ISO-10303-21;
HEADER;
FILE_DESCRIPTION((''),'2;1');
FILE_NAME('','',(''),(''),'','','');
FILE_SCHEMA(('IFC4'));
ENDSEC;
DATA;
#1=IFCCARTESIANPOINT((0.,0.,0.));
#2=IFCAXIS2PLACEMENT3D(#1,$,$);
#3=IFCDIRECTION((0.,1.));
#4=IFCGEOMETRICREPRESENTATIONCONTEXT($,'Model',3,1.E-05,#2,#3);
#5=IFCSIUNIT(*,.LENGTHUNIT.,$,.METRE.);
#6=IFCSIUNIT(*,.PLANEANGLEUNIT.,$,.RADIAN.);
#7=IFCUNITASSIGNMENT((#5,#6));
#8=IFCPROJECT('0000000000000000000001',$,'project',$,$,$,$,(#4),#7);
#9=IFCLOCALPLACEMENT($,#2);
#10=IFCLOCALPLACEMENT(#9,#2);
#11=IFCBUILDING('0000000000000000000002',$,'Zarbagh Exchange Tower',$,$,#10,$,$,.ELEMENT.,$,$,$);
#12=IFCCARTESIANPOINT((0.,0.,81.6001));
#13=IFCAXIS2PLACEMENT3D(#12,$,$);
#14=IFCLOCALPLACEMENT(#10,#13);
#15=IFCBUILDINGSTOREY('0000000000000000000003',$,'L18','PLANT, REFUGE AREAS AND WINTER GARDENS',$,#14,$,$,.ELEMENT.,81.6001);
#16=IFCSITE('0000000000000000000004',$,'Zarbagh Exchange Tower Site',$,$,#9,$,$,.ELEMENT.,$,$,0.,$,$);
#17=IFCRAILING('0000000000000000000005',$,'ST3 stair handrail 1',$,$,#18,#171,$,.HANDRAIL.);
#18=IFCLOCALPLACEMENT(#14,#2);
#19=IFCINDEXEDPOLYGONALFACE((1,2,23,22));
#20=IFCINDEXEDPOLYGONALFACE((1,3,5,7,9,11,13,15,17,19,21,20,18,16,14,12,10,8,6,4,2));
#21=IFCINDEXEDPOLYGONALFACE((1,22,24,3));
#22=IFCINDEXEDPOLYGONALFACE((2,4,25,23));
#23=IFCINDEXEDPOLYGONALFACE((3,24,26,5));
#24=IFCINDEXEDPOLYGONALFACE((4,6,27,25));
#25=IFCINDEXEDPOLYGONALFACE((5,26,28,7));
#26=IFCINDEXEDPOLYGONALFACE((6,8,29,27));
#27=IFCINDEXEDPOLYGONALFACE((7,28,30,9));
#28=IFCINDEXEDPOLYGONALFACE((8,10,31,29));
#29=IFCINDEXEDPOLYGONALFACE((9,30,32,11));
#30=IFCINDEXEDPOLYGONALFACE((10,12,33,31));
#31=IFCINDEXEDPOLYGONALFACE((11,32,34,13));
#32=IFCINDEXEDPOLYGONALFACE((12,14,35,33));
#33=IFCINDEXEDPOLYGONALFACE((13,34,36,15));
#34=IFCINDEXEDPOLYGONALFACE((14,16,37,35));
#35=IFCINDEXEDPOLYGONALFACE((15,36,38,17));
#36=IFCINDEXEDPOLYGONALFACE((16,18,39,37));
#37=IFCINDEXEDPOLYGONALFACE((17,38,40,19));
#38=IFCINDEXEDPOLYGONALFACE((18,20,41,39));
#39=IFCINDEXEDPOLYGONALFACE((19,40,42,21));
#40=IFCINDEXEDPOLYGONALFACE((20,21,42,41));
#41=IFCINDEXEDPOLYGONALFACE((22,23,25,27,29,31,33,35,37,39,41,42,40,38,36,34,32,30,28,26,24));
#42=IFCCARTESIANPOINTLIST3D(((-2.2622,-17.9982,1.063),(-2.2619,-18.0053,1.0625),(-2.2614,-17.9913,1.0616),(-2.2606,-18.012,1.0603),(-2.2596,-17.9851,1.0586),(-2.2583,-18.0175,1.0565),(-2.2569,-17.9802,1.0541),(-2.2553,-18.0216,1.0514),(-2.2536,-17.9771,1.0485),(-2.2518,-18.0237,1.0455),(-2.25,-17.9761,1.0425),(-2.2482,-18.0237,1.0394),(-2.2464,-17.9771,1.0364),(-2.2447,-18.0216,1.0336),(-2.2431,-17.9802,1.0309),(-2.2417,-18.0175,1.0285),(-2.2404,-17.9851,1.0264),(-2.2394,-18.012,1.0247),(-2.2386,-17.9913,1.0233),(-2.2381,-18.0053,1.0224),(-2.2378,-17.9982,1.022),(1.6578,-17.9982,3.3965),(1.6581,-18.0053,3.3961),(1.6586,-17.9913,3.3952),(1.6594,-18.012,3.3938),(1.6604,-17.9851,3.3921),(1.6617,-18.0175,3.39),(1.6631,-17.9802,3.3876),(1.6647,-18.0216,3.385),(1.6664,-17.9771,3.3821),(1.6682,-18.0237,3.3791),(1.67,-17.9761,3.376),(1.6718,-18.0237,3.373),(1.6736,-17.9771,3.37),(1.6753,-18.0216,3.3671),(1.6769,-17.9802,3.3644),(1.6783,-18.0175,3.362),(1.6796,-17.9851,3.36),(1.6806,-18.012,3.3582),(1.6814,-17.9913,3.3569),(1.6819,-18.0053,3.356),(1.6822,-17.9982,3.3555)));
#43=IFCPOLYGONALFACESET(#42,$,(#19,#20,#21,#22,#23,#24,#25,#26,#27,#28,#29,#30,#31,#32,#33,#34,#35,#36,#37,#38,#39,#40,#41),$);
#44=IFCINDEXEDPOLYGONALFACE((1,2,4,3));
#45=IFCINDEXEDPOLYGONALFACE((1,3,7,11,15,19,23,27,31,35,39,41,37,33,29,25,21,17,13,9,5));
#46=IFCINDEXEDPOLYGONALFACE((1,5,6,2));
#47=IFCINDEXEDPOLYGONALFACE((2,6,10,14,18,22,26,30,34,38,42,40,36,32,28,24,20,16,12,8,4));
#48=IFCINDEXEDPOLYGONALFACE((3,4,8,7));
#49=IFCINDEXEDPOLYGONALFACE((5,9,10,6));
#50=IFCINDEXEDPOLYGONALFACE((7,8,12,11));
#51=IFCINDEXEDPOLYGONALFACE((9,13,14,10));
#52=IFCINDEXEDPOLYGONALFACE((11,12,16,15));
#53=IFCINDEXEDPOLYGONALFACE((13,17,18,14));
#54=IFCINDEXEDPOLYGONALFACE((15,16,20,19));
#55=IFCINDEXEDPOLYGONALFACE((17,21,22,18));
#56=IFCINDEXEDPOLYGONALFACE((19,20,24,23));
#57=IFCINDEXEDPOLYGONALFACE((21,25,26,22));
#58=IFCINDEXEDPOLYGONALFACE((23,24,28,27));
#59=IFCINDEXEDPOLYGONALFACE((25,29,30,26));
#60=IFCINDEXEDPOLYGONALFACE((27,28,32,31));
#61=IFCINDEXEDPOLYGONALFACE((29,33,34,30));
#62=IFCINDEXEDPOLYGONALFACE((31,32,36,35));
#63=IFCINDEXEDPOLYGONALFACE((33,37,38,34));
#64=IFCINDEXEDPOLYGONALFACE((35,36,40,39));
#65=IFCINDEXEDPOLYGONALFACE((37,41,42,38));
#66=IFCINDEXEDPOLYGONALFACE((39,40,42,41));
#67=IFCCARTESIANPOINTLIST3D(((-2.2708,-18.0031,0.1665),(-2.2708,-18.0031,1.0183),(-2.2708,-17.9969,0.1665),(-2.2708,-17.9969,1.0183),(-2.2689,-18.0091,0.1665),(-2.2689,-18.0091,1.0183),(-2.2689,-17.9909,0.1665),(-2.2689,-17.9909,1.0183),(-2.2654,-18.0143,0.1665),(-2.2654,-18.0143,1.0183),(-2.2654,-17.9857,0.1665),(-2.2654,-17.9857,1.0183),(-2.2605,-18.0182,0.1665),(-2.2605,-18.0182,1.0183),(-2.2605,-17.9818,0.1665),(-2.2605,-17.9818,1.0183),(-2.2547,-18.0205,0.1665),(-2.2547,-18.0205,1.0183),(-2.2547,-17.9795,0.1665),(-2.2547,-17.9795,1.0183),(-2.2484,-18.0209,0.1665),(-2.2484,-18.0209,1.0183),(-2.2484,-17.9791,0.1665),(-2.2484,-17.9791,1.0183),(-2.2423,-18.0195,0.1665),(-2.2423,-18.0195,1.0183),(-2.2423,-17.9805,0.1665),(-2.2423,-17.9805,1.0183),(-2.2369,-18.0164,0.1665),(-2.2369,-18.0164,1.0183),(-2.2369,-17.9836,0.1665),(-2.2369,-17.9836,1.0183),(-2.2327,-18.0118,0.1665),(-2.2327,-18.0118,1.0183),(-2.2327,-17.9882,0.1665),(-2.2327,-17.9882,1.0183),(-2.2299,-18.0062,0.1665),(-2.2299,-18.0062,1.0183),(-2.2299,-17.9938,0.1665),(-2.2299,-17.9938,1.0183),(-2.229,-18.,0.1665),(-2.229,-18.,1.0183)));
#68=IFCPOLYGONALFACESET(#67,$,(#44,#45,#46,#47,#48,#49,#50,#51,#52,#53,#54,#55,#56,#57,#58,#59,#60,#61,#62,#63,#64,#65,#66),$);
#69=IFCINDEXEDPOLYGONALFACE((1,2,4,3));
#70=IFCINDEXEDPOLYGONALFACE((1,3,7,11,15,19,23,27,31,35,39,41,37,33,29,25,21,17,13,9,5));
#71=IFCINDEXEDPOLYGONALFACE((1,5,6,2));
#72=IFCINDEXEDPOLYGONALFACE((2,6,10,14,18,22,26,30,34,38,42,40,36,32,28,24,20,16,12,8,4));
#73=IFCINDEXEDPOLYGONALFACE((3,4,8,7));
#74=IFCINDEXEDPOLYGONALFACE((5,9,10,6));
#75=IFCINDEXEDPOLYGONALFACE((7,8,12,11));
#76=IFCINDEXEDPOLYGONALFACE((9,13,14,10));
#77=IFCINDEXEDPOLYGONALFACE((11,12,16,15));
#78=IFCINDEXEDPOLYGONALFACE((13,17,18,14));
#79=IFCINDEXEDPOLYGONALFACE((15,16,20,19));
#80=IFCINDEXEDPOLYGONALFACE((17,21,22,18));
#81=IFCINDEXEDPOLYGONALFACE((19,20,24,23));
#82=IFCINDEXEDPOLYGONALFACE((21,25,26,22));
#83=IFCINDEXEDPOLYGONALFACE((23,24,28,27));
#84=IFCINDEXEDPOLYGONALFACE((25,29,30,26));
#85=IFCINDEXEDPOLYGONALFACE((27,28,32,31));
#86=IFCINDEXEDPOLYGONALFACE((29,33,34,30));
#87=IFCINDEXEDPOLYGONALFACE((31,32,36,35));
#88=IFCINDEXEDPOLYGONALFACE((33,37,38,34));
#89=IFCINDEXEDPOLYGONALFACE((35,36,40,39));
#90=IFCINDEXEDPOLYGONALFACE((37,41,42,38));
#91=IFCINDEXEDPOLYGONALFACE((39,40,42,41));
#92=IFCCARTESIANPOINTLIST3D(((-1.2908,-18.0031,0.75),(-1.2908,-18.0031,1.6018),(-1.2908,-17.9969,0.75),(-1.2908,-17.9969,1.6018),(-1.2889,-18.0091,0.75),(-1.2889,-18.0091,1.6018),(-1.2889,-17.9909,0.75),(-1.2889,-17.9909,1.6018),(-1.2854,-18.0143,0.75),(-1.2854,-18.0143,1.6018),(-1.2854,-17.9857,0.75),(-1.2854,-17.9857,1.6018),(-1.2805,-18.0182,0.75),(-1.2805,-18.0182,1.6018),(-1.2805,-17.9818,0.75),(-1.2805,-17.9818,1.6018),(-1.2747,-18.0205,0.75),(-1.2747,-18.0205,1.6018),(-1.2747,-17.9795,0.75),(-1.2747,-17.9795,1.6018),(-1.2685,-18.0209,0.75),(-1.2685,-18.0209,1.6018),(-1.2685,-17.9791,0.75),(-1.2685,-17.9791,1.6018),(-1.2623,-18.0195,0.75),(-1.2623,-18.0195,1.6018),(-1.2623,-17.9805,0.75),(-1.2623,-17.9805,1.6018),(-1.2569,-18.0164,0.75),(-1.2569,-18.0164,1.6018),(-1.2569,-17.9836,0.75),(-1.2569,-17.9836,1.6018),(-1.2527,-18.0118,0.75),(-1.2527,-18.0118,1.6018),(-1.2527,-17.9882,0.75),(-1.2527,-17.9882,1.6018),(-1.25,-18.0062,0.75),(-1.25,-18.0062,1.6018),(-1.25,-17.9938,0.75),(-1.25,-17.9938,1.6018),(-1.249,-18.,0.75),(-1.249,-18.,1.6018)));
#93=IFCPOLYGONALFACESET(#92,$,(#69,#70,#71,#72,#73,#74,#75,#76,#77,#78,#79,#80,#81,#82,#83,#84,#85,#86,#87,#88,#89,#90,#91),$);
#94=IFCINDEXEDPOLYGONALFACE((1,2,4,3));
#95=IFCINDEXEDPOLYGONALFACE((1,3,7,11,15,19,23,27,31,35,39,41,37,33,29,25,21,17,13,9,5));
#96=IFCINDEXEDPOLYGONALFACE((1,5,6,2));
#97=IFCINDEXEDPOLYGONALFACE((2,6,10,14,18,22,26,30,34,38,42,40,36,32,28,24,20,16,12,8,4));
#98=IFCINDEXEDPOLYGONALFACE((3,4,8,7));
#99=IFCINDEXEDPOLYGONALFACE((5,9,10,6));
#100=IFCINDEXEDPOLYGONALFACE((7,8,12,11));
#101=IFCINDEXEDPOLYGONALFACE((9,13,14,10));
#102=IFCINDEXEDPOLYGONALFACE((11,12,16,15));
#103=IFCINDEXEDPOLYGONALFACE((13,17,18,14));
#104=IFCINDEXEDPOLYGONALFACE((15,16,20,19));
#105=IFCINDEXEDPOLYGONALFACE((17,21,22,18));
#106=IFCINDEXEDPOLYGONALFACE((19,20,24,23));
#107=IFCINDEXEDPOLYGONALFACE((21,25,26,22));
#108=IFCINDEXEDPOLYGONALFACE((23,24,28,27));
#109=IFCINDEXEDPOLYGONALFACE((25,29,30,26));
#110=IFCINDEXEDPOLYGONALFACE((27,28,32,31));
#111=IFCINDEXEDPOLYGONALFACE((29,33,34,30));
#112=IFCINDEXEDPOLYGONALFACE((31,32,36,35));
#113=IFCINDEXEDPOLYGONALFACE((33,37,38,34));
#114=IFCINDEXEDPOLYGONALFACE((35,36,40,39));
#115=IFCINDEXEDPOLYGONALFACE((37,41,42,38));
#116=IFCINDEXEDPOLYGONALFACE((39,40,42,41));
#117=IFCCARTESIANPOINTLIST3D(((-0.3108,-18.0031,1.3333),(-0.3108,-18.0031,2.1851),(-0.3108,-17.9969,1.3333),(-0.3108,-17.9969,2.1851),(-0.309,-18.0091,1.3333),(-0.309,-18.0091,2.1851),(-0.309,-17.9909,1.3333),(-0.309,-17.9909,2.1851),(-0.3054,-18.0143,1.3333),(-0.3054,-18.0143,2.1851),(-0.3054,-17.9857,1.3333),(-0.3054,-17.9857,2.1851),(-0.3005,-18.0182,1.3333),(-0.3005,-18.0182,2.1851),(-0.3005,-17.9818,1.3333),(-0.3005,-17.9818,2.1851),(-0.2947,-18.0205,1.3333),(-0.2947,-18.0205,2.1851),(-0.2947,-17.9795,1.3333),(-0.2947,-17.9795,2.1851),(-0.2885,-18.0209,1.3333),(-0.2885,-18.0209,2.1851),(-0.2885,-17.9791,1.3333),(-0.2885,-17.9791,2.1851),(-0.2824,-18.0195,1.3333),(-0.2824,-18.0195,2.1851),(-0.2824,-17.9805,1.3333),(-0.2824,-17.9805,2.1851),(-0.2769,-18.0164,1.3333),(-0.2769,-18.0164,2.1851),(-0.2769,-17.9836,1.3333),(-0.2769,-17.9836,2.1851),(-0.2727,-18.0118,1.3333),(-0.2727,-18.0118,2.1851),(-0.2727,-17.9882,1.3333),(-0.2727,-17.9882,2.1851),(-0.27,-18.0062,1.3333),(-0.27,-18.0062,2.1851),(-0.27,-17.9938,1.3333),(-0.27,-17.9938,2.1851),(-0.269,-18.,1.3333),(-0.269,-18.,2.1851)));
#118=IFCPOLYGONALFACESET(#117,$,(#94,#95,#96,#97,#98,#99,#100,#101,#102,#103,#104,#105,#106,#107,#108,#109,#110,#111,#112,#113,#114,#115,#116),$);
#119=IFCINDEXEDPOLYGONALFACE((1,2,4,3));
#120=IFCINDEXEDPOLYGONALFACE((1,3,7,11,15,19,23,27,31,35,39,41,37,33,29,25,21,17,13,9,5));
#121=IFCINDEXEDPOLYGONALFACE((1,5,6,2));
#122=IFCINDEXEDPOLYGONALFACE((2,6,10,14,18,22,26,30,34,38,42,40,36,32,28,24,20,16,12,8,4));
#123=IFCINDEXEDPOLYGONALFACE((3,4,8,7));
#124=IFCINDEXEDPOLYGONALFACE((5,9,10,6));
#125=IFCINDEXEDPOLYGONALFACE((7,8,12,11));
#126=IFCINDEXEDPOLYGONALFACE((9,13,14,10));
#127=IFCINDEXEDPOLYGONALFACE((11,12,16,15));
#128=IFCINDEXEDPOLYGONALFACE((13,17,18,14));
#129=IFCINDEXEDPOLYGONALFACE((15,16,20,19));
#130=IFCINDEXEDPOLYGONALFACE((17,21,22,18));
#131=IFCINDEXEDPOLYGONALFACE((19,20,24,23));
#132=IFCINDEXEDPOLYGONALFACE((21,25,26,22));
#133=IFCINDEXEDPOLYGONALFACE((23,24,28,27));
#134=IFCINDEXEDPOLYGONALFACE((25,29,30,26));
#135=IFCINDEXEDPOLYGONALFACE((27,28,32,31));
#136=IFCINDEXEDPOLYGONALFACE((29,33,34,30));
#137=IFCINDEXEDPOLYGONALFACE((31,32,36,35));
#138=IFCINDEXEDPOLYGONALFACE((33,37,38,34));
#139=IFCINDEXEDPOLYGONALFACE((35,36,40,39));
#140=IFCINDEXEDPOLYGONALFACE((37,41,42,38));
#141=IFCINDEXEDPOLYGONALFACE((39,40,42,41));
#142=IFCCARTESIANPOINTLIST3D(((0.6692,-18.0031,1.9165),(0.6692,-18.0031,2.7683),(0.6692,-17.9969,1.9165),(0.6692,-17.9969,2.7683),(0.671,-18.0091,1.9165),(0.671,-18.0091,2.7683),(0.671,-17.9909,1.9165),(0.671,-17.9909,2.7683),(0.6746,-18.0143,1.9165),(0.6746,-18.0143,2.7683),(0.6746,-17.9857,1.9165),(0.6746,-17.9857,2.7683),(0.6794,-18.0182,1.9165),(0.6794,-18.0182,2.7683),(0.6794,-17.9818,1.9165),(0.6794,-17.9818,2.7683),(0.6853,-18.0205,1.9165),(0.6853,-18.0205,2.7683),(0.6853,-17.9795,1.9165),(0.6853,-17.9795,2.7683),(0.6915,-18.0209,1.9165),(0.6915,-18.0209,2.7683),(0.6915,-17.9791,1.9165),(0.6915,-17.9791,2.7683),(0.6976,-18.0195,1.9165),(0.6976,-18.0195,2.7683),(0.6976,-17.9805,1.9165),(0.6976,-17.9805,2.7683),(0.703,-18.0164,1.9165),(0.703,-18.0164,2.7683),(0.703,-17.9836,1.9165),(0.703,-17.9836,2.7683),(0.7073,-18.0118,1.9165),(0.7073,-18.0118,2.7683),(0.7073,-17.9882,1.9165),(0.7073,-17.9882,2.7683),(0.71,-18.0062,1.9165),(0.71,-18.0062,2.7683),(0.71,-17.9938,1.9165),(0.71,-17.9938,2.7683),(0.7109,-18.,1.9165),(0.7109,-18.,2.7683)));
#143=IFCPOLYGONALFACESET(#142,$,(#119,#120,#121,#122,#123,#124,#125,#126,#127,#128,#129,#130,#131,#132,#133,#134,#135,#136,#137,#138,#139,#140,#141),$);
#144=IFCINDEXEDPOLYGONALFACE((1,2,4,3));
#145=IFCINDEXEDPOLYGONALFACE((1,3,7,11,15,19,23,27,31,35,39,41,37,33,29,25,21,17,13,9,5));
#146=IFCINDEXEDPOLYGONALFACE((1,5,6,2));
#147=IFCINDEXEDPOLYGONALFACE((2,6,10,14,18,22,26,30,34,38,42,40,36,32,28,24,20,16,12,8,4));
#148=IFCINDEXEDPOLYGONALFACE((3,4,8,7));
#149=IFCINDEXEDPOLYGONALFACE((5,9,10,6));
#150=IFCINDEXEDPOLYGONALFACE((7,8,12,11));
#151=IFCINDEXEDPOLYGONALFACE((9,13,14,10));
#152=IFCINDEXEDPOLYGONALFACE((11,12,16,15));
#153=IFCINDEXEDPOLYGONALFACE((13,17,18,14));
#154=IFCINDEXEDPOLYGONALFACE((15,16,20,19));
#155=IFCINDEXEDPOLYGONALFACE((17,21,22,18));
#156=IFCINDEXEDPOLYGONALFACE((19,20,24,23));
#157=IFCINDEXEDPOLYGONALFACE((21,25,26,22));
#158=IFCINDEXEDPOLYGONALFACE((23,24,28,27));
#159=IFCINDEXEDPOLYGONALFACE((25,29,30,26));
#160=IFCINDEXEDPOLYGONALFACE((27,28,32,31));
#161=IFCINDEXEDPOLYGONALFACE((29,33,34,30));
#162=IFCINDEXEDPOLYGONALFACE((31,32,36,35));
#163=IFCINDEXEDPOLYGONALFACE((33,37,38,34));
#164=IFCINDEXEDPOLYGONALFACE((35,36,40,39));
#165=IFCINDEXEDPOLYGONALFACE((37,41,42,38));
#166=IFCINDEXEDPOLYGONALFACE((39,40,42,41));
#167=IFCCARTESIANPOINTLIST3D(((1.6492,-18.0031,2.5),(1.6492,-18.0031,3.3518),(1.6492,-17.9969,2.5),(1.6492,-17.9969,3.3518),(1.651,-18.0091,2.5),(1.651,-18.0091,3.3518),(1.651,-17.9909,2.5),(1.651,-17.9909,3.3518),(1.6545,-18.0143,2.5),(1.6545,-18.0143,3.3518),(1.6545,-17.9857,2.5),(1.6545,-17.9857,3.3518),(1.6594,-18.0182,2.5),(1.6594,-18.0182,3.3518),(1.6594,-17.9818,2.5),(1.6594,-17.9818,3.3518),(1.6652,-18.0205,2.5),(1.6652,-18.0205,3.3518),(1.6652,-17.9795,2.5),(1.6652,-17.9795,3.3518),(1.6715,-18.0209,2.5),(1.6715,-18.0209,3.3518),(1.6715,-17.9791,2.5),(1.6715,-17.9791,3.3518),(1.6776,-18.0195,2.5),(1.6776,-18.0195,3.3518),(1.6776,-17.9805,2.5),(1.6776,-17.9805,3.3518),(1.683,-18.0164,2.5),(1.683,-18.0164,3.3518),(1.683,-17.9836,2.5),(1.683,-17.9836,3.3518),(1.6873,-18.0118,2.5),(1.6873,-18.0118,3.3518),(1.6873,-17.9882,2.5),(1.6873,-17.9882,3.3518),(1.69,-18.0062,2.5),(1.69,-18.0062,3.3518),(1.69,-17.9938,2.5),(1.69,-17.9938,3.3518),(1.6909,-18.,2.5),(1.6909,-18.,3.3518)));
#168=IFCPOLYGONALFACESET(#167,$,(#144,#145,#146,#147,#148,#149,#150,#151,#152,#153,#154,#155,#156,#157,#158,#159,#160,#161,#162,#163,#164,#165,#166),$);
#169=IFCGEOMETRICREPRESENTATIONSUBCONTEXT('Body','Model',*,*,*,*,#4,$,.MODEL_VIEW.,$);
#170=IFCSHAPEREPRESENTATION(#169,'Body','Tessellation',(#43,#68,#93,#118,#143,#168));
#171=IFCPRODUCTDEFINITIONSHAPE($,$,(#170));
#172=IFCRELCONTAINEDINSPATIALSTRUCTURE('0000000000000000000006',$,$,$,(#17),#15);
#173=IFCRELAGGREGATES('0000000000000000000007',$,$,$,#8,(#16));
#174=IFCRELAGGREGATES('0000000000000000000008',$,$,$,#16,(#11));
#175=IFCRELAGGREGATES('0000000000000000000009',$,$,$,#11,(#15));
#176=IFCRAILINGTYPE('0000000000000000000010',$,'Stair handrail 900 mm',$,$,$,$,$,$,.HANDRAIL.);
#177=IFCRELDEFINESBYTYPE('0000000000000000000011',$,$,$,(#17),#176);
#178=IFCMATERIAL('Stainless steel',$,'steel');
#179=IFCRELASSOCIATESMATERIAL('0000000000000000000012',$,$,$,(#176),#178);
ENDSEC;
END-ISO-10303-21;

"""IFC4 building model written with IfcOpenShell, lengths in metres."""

from ifc_helpers import new_model, si_unit, direction, frame, origin, origin_2d, place, context, subcontext, project, spatial, circle, extrude, material, type_object, element, save


model = new_model("IFC4")

# Units and contexts
model_context = context("Model", 3, precision=1e-05, world=origin(), true_north=direction((0.0, 1.0)))
body_context = subcontext(model_context, "Body", "Model", "MODEL_VIEW")
ifc_project = project(units=[si_unit("LENGTHUNIT", "METRE"), si_unit("PLANEANGLEUNIT", "RADIAN")], contexts=[model_context])

# Site, building, storey
site_placement = place(None, origin())
site = spatial("IfcSite", under=ifc_project, at=site_placement, Name="Zarbagh Exchange Tower Site", CompositionType="ELEMENT", RefElevation=0.0)
building_placement = place(site_placement, origin())
building = spatial("IfcBuilding", under=site, at=building_placement, Name="Zarbagh Exchange Tower", CompositionType="ELEMENT")
storey_placement = place(building_placement, frame((0.0, 0.0, 81.6001)))
storey = spatial("IfcBuildingStorey", under=building, at=storey_placement, Name="L18", Description="PLANT, REFUGE AREAS AND WINTER GARDENS", CompositionType="ELEMENT", Elevation=81.6001)

# Railing
ifc_material_1 = material(Name="Stainless steel", Category="steel")
railing_type_1 = type_object("IfcRailingType", Name="Stair handrail 900 mm", PredefinedType="HANDRAIL", material=ifc_material_1)
for number, where, name in (
    (1, (-2.25, -18.0, 0.1665), "ST3 stair handrail 1"),
):
    element("IfcRailing", number, at=place(storey_placement, frame(where)), inside=storey, type_object=railing_type_1, Name=name, PredefinedType="HANDRAIL", context=body_context, shape_type="SweptSolid", body=[
        extrude(circle(Radius=0.0239, at=origin_2d()), frame((0.0, 0.0, 0.876), z_axis=(0.859273, 0.0, 0.511518), x_axis=(0.0, 1.0, 0.0)), (0.0, 0.0, 1.0), 4.562),
        extrude(circle(Radius=0.021, at=origin_2d()), origin(), (0.0, 0.0, 1.0), 0.8518),
        extrude(circle(Radius=0.021, at=origin_2d()), frame((0.98, 0.0, 0.5835)), (0.0, 0.0, 1.0), 0.8518),
        extrude(circle(Radius=0.021, at=origin_2d()), frame((1.96, 0.0, 1.1667)), (0.0, 0.0, 1.0), 0.8518),
        extrude(circle(Radius=0.021, at=origin_2d()), frame((2.9399, 0.0, 1.75)), (0.0, 0.0, 1.0), 0.8518),
        extrude(circle(Radius=0.021, at=origin_2d()), frame((3.9199, 0.0, 2.3335)), (0.0, 0.0, 1.0), 0.8518),
    ])

save(model, "model.ifc")
